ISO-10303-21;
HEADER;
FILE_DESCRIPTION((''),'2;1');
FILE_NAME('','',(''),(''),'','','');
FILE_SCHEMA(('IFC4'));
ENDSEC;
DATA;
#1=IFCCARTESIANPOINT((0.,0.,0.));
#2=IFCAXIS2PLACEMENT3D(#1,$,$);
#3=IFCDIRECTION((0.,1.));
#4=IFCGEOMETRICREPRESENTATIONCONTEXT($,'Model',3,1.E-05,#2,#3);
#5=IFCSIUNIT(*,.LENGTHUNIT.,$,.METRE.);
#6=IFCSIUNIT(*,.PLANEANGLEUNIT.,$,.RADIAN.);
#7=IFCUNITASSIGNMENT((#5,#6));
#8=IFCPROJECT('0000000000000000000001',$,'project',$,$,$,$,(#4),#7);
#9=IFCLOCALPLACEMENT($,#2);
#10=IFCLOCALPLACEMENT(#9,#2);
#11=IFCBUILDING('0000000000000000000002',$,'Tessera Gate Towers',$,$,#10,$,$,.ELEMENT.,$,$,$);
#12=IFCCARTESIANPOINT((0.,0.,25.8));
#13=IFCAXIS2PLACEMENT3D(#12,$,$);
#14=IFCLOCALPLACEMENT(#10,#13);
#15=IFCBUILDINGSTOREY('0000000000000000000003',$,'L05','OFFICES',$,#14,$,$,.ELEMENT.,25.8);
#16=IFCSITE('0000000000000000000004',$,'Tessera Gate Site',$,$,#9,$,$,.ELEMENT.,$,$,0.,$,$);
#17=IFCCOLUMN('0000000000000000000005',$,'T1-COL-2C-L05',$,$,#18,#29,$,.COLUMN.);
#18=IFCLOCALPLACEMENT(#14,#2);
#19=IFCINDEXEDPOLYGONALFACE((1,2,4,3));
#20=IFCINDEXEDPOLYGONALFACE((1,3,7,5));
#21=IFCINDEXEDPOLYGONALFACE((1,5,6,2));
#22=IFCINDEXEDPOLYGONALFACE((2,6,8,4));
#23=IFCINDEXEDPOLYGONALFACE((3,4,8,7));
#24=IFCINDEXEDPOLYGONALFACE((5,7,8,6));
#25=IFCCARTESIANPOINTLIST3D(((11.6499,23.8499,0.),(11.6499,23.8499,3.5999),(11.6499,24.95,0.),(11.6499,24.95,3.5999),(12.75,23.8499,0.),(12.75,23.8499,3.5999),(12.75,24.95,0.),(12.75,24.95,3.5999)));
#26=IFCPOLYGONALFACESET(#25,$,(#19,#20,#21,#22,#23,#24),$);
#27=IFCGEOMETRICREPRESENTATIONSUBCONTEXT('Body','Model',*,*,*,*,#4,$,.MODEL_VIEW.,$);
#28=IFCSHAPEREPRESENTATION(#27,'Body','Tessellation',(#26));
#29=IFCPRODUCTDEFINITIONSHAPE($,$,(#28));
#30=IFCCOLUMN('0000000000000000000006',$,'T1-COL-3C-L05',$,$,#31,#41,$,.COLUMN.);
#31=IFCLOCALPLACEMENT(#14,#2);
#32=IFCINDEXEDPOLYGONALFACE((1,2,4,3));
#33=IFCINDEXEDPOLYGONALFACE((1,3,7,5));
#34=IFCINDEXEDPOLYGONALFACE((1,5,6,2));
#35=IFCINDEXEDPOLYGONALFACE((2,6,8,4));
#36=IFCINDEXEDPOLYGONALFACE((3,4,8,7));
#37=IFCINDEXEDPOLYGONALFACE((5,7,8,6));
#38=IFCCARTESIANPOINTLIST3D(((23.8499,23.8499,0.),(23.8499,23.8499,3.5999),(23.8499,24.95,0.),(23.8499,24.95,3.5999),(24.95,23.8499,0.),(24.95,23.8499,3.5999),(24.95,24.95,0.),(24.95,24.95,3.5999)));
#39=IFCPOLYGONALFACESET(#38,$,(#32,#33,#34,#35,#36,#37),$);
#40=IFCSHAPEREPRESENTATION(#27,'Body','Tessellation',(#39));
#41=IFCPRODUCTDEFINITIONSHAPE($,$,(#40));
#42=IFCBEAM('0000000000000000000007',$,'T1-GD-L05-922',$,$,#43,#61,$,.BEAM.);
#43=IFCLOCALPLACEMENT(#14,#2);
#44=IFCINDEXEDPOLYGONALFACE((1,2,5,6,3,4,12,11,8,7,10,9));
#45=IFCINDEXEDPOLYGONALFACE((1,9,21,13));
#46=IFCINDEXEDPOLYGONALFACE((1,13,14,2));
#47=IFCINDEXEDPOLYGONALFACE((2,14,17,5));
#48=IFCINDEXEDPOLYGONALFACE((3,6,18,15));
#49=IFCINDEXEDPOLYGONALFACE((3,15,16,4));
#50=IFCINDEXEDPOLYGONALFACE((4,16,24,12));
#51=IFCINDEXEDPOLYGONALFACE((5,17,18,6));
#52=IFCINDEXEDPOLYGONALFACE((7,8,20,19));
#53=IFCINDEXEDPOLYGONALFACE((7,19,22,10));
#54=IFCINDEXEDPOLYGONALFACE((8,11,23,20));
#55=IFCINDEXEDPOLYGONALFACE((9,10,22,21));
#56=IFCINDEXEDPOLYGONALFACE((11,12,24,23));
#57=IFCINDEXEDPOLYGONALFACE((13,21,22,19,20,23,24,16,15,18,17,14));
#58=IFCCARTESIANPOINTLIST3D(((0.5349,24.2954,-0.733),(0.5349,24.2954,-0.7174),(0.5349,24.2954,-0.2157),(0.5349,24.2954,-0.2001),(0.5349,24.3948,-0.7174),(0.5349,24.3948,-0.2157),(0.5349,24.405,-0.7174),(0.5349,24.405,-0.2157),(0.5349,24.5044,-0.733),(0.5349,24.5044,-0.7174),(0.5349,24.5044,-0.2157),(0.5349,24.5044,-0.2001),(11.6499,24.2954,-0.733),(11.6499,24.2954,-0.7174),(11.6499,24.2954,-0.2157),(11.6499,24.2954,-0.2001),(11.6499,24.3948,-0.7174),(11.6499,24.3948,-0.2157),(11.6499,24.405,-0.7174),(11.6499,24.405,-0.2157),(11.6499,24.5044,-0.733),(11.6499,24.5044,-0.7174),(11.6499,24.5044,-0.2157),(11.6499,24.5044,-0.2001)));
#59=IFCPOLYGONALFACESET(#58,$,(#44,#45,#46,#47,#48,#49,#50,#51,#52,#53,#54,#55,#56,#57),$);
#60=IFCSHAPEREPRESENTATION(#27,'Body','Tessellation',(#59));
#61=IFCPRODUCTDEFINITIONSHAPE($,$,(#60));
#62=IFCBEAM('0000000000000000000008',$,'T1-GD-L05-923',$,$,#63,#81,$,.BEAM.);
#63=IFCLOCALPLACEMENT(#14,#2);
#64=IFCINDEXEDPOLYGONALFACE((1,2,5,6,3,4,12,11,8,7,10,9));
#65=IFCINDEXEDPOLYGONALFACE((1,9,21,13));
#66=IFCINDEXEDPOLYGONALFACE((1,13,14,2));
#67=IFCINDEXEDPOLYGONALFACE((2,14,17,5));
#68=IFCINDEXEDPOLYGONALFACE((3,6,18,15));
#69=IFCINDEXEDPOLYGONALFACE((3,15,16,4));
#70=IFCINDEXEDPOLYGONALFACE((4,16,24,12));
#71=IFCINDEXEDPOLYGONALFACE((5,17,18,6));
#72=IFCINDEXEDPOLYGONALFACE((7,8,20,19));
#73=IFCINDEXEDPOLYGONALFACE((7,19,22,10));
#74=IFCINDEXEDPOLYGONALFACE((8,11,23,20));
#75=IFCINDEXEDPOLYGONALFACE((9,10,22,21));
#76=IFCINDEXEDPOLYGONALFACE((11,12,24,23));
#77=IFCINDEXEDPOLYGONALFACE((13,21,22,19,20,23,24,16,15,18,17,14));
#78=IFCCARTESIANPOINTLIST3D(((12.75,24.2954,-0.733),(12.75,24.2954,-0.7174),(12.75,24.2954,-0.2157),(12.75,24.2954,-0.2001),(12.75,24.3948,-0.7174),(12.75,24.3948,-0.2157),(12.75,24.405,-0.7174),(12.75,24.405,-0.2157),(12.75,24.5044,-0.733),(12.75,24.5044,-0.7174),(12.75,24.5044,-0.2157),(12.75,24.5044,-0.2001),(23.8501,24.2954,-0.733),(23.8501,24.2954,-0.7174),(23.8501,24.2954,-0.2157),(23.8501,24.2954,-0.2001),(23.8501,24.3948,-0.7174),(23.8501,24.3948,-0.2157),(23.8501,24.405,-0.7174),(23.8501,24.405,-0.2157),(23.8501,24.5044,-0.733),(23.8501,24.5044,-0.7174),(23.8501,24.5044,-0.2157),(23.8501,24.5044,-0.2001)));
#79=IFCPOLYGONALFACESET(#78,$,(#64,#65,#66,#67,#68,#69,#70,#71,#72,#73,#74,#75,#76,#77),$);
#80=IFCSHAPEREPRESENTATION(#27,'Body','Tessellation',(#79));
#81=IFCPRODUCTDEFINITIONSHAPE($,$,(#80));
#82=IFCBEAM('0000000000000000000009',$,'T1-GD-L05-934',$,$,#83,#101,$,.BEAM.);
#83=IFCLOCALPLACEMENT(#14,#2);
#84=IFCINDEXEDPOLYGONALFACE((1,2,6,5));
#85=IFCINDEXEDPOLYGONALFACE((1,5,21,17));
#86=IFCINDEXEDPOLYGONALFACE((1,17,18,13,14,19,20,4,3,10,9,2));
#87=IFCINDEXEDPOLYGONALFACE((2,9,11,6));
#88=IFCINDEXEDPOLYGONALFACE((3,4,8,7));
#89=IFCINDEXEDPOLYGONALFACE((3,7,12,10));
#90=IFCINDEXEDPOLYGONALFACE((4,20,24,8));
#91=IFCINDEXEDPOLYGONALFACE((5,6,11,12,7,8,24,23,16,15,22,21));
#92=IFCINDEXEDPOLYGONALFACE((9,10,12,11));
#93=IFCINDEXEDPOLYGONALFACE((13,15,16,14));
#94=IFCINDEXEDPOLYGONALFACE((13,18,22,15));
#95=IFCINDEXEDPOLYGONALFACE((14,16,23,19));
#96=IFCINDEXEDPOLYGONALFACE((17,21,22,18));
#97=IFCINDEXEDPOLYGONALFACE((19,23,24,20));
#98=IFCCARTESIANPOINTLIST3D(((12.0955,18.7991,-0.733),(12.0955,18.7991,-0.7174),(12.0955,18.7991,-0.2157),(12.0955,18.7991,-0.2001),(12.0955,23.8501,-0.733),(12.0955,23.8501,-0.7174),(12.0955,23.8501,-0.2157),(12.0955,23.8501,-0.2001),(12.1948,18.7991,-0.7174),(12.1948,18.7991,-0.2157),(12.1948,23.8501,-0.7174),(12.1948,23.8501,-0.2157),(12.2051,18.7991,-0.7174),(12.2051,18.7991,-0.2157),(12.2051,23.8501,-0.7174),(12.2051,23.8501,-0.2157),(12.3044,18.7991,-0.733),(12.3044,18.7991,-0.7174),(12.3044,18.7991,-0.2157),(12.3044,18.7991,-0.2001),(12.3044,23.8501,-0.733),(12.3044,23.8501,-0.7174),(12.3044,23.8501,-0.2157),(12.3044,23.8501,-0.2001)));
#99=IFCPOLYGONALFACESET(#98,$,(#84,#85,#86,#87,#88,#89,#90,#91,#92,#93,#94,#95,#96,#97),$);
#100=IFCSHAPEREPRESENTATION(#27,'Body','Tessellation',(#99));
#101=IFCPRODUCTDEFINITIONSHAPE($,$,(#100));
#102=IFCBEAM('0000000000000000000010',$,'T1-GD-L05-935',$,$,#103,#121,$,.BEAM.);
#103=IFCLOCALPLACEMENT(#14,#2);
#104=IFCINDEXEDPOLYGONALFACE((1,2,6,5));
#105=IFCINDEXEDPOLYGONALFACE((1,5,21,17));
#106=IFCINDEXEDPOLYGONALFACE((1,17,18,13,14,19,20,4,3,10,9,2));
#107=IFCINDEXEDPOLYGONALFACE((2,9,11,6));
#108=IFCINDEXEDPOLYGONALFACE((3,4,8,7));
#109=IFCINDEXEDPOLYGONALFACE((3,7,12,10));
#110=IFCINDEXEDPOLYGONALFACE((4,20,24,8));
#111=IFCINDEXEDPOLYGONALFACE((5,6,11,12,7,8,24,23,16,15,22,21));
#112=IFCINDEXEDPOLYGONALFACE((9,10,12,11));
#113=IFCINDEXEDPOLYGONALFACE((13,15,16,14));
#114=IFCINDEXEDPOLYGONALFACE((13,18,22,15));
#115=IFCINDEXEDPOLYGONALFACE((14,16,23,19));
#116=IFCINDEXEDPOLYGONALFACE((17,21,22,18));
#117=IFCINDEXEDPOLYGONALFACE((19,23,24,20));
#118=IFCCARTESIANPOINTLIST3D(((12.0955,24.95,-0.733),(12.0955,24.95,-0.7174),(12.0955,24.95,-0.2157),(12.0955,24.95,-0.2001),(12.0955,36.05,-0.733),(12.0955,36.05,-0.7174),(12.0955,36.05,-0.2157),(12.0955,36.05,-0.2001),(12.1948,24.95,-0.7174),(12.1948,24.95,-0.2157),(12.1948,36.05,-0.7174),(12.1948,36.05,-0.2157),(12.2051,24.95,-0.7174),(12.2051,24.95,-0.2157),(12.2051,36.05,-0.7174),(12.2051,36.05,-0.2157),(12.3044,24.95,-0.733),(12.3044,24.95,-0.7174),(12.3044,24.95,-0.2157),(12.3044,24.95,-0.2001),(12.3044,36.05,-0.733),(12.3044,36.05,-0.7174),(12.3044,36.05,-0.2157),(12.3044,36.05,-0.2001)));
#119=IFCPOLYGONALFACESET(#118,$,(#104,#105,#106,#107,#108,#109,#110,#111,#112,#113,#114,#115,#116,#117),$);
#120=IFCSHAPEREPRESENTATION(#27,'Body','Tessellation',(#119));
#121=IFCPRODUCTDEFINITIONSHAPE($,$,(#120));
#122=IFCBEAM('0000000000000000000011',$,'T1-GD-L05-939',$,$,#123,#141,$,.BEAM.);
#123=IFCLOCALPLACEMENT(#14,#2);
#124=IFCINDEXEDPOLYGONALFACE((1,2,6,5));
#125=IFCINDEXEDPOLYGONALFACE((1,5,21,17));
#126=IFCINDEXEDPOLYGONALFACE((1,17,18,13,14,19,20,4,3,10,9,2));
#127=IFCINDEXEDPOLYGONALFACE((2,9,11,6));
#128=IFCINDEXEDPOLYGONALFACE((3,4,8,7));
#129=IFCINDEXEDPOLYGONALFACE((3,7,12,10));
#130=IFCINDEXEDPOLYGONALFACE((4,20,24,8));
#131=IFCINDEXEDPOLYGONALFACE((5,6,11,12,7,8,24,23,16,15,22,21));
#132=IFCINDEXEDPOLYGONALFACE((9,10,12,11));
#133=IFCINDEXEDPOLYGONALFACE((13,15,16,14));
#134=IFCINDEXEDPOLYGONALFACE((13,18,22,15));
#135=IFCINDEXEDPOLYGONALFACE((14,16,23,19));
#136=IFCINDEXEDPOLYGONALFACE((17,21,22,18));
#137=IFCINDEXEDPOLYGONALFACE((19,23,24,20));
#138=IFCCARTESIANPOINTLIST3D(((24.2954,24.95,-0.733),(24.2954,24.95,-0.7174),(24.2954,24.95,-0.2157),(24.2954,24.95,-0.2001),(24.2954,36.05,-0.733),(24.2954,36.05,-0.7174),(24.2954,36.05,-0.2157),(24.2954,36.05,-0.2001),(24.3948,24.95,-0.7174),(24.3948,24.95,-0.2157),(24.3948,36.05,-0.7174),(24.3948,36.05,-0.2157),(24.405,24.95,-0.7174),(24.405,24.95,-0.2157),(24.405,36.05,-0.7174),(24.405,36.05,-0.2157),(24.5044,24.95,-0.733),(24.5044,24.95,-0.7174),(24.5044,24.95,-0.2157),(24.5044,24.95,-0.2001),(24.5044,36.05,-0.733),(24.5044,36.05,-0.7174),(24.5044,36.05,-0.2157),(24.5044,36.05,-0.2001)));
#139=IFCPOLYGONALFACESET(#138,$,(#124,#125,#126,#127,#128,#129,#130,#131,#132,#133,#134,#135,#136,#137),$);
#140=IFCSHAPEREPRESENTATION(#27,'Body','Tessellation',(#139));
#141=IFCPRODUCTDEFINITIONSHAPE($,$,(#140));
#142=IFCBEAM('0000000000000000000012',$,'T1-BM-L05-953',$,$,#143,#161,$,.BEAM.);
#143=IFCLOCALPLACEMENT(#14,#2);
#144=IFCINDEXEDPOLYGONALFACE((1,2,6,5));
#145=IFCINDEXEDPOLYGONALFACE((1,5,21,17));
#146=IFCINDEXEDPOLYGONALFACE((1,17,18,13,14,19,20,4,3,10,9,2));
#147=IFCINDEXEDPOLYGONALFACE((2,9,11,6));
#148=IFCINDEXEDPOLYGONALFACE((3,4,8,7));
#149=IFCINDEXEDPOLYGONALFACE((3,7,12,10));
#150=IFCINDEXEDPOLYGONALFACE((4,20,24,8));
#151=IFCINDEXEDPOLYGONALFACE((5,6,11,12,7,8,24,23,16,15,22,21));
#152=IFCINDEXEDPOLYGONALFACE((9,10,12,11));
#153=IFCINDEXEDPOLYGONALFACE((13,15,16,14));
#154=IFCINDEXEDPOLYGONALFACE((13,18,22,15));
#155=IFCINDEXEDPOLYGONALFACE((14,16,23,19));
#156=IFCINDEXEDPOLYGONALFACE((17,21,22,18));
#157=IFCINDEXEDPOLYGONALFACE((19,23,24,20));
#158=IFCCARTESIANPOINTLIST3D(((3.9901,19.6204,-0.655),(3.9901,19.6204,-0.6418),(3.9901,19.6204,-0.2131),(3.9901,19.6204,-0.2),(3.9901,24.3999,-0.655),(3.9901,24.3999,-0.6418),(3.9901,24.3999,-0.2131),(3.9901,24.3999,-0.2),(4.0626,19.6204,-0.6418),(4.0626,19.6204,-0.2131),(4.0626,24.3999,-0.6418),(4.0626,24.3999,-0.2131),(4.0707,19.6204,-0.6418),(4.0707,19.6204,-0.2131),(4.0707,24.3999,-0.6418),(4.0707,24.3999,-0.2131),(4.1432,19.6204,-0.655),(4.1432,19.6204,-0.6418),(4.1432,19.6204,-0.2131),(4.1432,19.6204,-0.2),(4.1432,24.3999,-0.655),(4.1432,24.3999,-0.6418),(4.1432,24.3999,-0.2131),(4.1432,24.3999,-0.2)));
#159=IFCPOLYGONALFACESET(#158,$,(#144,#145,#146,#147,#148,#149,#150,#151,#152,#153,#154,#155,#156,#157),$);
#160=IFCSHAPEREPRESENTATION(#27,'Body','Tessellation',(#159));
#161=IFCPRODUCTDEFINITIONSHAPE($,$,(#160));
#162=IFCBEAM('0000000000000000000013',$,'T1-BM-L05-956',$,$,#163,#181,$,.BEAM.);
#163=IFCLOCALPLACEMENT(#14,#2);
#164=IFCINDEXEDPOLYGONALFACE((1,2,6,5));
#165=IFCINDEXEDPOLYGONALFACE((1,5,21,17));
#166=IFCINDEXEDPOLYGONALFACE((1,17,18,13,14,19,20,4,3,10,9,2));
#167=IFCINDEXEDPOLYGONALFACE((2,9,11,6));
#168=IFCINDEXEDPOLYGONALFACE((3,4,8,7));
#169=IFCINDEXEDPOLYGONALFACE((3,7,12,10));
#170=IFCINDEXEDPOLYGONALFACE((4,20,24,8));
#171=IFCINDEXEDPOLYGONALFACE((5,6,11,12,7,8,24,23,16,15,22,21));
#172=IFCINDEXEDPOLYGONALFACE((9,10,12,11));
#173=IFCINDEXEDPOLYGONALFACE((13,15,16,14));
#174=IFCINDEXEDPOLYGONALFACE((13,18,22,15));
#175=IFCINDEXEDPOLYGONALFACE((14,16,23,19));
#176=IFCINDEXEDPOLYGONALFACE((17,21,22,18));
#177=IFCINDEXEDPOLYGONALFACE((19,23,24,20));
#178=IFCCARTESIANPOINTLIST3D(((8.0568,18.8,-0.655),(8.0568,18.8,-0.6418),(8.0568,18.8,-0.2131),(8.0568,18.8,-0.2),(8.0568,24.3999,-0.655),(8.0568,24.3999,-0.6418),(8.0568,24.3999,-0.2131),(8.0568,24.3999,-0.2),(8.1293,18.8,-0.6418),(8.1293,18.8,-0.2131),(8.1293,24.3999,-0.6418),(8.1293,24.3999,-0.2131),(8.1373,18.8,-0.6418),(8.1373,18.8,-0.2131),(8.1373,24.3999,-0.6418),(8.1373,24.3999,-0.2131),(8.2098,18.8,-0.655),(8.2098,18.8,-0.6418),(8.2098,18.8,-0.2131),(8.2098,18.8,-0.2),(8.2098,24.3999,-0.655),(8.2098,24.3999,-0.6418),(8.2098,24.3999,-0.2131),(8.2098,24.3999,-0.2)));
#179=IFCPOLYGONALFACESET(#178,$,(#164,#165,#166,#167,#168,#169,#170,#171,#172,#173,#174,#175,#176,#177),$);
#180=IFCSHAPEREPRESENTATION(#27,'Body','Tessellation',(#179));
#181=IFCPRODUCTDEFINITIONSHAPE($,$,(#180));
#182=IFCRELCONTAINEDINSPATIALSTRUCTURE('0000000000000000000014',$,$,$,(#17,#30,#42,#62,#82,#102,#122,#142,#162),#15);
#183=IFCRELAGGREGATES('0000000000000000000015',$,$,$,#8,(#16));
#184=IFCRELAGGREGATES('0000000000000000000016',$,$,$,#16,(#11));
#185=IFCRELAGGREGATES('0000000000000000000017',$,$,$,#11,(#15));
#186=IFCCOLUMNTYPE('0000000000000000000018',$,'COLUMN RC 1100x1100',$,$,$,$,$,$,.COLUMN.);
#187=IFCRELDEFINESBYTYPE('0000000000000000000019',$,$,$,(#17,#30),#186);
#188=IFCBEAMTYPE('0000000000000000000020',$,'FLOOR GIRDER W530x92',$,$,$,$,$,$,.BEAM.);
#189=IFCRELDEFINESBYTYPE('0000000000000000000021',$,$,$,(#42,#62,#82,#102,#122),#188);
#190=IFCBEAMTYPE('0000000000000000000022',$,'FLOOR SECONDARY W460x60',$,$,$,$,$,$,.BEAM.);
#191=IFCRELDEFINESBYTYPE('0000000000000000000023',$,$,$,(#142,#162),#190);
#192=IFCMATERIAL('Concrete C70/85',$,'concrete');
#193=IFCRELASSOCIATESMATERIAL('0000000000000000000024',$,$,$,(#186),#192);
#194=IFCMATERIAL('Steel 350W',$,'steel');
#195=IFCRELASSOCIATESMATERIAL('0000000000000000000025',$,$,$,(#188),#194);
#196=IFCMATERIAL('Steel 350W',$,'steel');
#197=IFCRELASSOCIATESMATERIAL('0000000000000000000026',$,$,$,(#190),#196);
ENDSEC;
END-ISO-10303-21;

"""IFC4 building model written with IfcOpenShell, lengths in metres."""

from ifc_helpers import new_model, si_unit, direction, frame, origin, origin_2d, place, context, subcontext, project, spatial, rectangle, i_section, extrude, material, material_profile, profile_set, type_object, element, save


model = new_model("IFC4")

# Units and contexts
model_context = context("Model", 3, precision=1e-05, world=origin(), true_north=direction((0.0, 1.0)))
body_context = subcontext(model_context, "Body", "Model", "MODEL_VIEW")
ifc_project = project(units=[si_unit("LENGTHUNIT", "METRE"), si_unit("PLANEANGLEUNIT", "RADIAN")], contexts=[model_context])

# Site, building, storey
site_placement = place(None, origin())
site = spatial("IfcSite", under=ifc_project, at=site_placement, Name="Tessera Gate Site", CompositionType="ELEMENT", RefElevation=0.0)
building_placement = place(site_placement, origin())
building = spatial("IfcBuilding", under=site, at=building_placement, Name="Tessera Gate Towers", CompositionType="ELEMENT")
storey_placement = place(building_placement, frame((0.0, 0.0, 25.8)))
storey = spatial("IfcBuildingStorey", under=building, at=storey_placement, Name="L05", Description="OFFICES", CompositionType="ELEMENT", Elevation=25.8)

# Columns
ifc_material_1 = material(Name="Concrete C70/85", Category="concrete")
ifc_material_profile_1 = material_profile(ifc_material_1, rectangle(XDim=1.1001, YDim=1.1001, at=origin_2d()), Name="RC 1100x1100")
ifc_profile_set_1 = profile_set([ifc_material_profile_1], Name="Concrete C70/85")
column_type = type_object("IfcColumnType", Name="COLUMN RC 1100x1100", PredefinedType="COLUMN", material=ifc_profile_set_1)
for number, where, z_axis, x_axis, name in (
    (1, (12.2, 24.3999, 0.0), (0.0, 0.0, 1.0), (1.0, 0.0, 0.0), "T1-COL-2C-L05"),
    (2, (24.3999, 24.3999, 0.0), (0.0, 0.0, 1.0), (1.0, 0.0, 0.0), "T1-COL-3C-L05"),
):
    element("IfcColumn", number, at=place(storey_placement, frame(where, z_axis=z_axis, x_axis=x_axis)), inside=storey, type_object=column_type, Name=name, PredefinedType="COLUMN", context=body_context, shape_type="SweptSolid", body=[
        extrude(rectangle(XDim=1.1001, YDim=1.1001, at=origin_2d()), origin(), (0.0, 0.0, 1.0), 3.5999),
    ])

# Beams
ifc_material_2 = material(Name="Steel 350W", Category="steel")
ifc_material_profile_2 = material_profile(ifc_material_2, i_section(OverallWidth=0.209, OverallDepth=0.533, WebThickness=0.0103, FlangeThickness=0.0156, at=origin_2d()), Name="W530x92")
ifc_profile_set_2 = profile_set([ifc_material_profile_2], Name="Steel 350W")
beam_type_1 = type_object("IfcBeamType", Name="FLOOR GIRDER W530x92", PredefinedType="BEAM", material=ifc_profile_set_2)
beam_1_placement = place(storey_placement, frame((0.5349, 24.3999, -0.4666), z_axis=(1.0, 0.0, 0.0), x_axis=(0.0, 1.0, 0.0)))
element("IfcBeam", 3, at=beam_1_placement, inside=storey, type_object=beam_type_1, Name="T1-GD-L05-922", PredefinedType="BEAM", context=body_context, shape_type="SweptSolid", body=[
    extrude(i_section(OverallWidth=0.209, OverallDepth=0.533, WebThickness=0.0103, FlangeThickness=0.0156, at=origin_2d()), origin(), (0.0, 0.0, 1.0), 11.115),
])
beam_2_placement = place(storey_placement, frame((12.75, 24.3999, -0.4666), z_axis=(1.0, 0.0, 0.0), x_axis=(0.0, 1.0, 0.0)))
element("IfcBeam", 4, at=beam_2_placement, inside=storey, type_object=beam_type_1, Name="T1-GD-L05-923", PredefinedType="BEAM", context=body_context, shape_type="SweptSolid", body=[
    extrude(i_section(OverallWidth=0.209, OverallDepth=0.533, WebThickness=0.0103, FlangeThickness=0.0156, at=origin_2d()), origin(), (0.0, 0.0, 1.0), 11.1001),
])
beam_3_placement = place(storey_placement, frame((12.2, 18.7991, -0.4666), z_axis=(0.0, 1.0, 0.0), x_axis=(-1.0, 0.0, 0.0)))
element("IfcBeam", 5, at=beam_3_placement, inside=storey, type_object=beam_type_1, Name="T1-GD-L05-934", PredefinedType="BEAM", context=body_context, shape_type="SweptSolid", body=[
    extrude(i_section(OverallWidth=0.209, OverallDepth=0.533, WebThickness=0.0103, FlangeThickness=0.0156, at=origin_2d()), origin(), (0.0, 0.0, 1.0), 5.051),
])
for number, where, z_axis, x_axis, name in (
    (6, (12.2, 24.95, -0.4666), (0.0, 1.0, 0.0), (-1.0, 0.0, 0.0), "T1-GD-L05-935"),
    (7, (24.3999, 24.95, -0.4666), (0.0, 1.0, 0.0), (-1.0, 0.0, 0.0), "T1-GD-L05-939"),
):
    element("IfcBeam", number, at=place(storey_placement, frame(where, z_axis=z_axis, x_axis=x_axis)), inside=storey, type_object=beam_type_1, Name=name, PredefinedType="BEAM", context=body_context, shape_type="SweptSolid", body=[
        extrude(i_section(OverallWidth=0.209, OverallDepth=0.533, WebThickness=0.0103, FlangeThickness=0.0156, at=origin_2d()), origin(), (0.0, 0.0, 1.0), 11.1001),
    ])
ifc_material_3 = material(Name="Steel 350W", Category="steel")
ifc_material_profile_3 = material_profile(ifc_material_3, i_section(OverallWidth=0.1531, OverallDepth=0.4551, WebThickness=0.0081, FlangeThickness=0.0132, at=origin_2d()), Name="W460x60")
ifc_profile_set_3 = profile_set([ifc_material_profile_3], Name="Steel 350W")
beam_type_2 = type_object("IfcBeamType", Name="FLOOR SECONDARY W460x60", PredefinedType="BEAM", material=ifc_profile_set_3)
beam_4_placement = place(storey_placement, frame((4.0667, 19.6204, -0.4275), z_axis=(0.0, 1.0, 0.0), x_axis=(-1.0, 0.0, 0.0)))
element("IfcBeam", 8, at=beam_4_placement, inside=storey, type_object=beam_type_2, Name="T1-BM-L05-953", PredefinedType="BEAM", context=body_context, shape_type="SweptSolid", body=[
    extrude(i_section(OverallWidth=0.1531, OverallDepth=0.4551, WebThickness=0.0081, FlangeThickness=0.0132, at=origin_2d()), origin(), (0.0, 0.0, 1.0), 4.7795),
])
beam_5_placement = place(storey_placement, frame((8.1333, 18.8, -0.4275), z_axis=(0.0, 1.0, 0.0), x_axis=(-1.0, 0.0, 0.0)))
element("IfcBeam", 9, at=beam_5_placement, inside=storey, type_object=beam_type_2, Name="T1-BM-L05-956", PredefinedType="BEAM", context=body_context, shape_type="SweptSolid", body=[
    extrude(i_section(OverallWidth=0.1531, OverallDepth=0.4551, WebThickness=0.0081, FlangeThickness=0.0132, at=origin_2d()), origin(), (0.0, 0.0, 1.0), 5.5999),
])

save(model, "model.ifc")
